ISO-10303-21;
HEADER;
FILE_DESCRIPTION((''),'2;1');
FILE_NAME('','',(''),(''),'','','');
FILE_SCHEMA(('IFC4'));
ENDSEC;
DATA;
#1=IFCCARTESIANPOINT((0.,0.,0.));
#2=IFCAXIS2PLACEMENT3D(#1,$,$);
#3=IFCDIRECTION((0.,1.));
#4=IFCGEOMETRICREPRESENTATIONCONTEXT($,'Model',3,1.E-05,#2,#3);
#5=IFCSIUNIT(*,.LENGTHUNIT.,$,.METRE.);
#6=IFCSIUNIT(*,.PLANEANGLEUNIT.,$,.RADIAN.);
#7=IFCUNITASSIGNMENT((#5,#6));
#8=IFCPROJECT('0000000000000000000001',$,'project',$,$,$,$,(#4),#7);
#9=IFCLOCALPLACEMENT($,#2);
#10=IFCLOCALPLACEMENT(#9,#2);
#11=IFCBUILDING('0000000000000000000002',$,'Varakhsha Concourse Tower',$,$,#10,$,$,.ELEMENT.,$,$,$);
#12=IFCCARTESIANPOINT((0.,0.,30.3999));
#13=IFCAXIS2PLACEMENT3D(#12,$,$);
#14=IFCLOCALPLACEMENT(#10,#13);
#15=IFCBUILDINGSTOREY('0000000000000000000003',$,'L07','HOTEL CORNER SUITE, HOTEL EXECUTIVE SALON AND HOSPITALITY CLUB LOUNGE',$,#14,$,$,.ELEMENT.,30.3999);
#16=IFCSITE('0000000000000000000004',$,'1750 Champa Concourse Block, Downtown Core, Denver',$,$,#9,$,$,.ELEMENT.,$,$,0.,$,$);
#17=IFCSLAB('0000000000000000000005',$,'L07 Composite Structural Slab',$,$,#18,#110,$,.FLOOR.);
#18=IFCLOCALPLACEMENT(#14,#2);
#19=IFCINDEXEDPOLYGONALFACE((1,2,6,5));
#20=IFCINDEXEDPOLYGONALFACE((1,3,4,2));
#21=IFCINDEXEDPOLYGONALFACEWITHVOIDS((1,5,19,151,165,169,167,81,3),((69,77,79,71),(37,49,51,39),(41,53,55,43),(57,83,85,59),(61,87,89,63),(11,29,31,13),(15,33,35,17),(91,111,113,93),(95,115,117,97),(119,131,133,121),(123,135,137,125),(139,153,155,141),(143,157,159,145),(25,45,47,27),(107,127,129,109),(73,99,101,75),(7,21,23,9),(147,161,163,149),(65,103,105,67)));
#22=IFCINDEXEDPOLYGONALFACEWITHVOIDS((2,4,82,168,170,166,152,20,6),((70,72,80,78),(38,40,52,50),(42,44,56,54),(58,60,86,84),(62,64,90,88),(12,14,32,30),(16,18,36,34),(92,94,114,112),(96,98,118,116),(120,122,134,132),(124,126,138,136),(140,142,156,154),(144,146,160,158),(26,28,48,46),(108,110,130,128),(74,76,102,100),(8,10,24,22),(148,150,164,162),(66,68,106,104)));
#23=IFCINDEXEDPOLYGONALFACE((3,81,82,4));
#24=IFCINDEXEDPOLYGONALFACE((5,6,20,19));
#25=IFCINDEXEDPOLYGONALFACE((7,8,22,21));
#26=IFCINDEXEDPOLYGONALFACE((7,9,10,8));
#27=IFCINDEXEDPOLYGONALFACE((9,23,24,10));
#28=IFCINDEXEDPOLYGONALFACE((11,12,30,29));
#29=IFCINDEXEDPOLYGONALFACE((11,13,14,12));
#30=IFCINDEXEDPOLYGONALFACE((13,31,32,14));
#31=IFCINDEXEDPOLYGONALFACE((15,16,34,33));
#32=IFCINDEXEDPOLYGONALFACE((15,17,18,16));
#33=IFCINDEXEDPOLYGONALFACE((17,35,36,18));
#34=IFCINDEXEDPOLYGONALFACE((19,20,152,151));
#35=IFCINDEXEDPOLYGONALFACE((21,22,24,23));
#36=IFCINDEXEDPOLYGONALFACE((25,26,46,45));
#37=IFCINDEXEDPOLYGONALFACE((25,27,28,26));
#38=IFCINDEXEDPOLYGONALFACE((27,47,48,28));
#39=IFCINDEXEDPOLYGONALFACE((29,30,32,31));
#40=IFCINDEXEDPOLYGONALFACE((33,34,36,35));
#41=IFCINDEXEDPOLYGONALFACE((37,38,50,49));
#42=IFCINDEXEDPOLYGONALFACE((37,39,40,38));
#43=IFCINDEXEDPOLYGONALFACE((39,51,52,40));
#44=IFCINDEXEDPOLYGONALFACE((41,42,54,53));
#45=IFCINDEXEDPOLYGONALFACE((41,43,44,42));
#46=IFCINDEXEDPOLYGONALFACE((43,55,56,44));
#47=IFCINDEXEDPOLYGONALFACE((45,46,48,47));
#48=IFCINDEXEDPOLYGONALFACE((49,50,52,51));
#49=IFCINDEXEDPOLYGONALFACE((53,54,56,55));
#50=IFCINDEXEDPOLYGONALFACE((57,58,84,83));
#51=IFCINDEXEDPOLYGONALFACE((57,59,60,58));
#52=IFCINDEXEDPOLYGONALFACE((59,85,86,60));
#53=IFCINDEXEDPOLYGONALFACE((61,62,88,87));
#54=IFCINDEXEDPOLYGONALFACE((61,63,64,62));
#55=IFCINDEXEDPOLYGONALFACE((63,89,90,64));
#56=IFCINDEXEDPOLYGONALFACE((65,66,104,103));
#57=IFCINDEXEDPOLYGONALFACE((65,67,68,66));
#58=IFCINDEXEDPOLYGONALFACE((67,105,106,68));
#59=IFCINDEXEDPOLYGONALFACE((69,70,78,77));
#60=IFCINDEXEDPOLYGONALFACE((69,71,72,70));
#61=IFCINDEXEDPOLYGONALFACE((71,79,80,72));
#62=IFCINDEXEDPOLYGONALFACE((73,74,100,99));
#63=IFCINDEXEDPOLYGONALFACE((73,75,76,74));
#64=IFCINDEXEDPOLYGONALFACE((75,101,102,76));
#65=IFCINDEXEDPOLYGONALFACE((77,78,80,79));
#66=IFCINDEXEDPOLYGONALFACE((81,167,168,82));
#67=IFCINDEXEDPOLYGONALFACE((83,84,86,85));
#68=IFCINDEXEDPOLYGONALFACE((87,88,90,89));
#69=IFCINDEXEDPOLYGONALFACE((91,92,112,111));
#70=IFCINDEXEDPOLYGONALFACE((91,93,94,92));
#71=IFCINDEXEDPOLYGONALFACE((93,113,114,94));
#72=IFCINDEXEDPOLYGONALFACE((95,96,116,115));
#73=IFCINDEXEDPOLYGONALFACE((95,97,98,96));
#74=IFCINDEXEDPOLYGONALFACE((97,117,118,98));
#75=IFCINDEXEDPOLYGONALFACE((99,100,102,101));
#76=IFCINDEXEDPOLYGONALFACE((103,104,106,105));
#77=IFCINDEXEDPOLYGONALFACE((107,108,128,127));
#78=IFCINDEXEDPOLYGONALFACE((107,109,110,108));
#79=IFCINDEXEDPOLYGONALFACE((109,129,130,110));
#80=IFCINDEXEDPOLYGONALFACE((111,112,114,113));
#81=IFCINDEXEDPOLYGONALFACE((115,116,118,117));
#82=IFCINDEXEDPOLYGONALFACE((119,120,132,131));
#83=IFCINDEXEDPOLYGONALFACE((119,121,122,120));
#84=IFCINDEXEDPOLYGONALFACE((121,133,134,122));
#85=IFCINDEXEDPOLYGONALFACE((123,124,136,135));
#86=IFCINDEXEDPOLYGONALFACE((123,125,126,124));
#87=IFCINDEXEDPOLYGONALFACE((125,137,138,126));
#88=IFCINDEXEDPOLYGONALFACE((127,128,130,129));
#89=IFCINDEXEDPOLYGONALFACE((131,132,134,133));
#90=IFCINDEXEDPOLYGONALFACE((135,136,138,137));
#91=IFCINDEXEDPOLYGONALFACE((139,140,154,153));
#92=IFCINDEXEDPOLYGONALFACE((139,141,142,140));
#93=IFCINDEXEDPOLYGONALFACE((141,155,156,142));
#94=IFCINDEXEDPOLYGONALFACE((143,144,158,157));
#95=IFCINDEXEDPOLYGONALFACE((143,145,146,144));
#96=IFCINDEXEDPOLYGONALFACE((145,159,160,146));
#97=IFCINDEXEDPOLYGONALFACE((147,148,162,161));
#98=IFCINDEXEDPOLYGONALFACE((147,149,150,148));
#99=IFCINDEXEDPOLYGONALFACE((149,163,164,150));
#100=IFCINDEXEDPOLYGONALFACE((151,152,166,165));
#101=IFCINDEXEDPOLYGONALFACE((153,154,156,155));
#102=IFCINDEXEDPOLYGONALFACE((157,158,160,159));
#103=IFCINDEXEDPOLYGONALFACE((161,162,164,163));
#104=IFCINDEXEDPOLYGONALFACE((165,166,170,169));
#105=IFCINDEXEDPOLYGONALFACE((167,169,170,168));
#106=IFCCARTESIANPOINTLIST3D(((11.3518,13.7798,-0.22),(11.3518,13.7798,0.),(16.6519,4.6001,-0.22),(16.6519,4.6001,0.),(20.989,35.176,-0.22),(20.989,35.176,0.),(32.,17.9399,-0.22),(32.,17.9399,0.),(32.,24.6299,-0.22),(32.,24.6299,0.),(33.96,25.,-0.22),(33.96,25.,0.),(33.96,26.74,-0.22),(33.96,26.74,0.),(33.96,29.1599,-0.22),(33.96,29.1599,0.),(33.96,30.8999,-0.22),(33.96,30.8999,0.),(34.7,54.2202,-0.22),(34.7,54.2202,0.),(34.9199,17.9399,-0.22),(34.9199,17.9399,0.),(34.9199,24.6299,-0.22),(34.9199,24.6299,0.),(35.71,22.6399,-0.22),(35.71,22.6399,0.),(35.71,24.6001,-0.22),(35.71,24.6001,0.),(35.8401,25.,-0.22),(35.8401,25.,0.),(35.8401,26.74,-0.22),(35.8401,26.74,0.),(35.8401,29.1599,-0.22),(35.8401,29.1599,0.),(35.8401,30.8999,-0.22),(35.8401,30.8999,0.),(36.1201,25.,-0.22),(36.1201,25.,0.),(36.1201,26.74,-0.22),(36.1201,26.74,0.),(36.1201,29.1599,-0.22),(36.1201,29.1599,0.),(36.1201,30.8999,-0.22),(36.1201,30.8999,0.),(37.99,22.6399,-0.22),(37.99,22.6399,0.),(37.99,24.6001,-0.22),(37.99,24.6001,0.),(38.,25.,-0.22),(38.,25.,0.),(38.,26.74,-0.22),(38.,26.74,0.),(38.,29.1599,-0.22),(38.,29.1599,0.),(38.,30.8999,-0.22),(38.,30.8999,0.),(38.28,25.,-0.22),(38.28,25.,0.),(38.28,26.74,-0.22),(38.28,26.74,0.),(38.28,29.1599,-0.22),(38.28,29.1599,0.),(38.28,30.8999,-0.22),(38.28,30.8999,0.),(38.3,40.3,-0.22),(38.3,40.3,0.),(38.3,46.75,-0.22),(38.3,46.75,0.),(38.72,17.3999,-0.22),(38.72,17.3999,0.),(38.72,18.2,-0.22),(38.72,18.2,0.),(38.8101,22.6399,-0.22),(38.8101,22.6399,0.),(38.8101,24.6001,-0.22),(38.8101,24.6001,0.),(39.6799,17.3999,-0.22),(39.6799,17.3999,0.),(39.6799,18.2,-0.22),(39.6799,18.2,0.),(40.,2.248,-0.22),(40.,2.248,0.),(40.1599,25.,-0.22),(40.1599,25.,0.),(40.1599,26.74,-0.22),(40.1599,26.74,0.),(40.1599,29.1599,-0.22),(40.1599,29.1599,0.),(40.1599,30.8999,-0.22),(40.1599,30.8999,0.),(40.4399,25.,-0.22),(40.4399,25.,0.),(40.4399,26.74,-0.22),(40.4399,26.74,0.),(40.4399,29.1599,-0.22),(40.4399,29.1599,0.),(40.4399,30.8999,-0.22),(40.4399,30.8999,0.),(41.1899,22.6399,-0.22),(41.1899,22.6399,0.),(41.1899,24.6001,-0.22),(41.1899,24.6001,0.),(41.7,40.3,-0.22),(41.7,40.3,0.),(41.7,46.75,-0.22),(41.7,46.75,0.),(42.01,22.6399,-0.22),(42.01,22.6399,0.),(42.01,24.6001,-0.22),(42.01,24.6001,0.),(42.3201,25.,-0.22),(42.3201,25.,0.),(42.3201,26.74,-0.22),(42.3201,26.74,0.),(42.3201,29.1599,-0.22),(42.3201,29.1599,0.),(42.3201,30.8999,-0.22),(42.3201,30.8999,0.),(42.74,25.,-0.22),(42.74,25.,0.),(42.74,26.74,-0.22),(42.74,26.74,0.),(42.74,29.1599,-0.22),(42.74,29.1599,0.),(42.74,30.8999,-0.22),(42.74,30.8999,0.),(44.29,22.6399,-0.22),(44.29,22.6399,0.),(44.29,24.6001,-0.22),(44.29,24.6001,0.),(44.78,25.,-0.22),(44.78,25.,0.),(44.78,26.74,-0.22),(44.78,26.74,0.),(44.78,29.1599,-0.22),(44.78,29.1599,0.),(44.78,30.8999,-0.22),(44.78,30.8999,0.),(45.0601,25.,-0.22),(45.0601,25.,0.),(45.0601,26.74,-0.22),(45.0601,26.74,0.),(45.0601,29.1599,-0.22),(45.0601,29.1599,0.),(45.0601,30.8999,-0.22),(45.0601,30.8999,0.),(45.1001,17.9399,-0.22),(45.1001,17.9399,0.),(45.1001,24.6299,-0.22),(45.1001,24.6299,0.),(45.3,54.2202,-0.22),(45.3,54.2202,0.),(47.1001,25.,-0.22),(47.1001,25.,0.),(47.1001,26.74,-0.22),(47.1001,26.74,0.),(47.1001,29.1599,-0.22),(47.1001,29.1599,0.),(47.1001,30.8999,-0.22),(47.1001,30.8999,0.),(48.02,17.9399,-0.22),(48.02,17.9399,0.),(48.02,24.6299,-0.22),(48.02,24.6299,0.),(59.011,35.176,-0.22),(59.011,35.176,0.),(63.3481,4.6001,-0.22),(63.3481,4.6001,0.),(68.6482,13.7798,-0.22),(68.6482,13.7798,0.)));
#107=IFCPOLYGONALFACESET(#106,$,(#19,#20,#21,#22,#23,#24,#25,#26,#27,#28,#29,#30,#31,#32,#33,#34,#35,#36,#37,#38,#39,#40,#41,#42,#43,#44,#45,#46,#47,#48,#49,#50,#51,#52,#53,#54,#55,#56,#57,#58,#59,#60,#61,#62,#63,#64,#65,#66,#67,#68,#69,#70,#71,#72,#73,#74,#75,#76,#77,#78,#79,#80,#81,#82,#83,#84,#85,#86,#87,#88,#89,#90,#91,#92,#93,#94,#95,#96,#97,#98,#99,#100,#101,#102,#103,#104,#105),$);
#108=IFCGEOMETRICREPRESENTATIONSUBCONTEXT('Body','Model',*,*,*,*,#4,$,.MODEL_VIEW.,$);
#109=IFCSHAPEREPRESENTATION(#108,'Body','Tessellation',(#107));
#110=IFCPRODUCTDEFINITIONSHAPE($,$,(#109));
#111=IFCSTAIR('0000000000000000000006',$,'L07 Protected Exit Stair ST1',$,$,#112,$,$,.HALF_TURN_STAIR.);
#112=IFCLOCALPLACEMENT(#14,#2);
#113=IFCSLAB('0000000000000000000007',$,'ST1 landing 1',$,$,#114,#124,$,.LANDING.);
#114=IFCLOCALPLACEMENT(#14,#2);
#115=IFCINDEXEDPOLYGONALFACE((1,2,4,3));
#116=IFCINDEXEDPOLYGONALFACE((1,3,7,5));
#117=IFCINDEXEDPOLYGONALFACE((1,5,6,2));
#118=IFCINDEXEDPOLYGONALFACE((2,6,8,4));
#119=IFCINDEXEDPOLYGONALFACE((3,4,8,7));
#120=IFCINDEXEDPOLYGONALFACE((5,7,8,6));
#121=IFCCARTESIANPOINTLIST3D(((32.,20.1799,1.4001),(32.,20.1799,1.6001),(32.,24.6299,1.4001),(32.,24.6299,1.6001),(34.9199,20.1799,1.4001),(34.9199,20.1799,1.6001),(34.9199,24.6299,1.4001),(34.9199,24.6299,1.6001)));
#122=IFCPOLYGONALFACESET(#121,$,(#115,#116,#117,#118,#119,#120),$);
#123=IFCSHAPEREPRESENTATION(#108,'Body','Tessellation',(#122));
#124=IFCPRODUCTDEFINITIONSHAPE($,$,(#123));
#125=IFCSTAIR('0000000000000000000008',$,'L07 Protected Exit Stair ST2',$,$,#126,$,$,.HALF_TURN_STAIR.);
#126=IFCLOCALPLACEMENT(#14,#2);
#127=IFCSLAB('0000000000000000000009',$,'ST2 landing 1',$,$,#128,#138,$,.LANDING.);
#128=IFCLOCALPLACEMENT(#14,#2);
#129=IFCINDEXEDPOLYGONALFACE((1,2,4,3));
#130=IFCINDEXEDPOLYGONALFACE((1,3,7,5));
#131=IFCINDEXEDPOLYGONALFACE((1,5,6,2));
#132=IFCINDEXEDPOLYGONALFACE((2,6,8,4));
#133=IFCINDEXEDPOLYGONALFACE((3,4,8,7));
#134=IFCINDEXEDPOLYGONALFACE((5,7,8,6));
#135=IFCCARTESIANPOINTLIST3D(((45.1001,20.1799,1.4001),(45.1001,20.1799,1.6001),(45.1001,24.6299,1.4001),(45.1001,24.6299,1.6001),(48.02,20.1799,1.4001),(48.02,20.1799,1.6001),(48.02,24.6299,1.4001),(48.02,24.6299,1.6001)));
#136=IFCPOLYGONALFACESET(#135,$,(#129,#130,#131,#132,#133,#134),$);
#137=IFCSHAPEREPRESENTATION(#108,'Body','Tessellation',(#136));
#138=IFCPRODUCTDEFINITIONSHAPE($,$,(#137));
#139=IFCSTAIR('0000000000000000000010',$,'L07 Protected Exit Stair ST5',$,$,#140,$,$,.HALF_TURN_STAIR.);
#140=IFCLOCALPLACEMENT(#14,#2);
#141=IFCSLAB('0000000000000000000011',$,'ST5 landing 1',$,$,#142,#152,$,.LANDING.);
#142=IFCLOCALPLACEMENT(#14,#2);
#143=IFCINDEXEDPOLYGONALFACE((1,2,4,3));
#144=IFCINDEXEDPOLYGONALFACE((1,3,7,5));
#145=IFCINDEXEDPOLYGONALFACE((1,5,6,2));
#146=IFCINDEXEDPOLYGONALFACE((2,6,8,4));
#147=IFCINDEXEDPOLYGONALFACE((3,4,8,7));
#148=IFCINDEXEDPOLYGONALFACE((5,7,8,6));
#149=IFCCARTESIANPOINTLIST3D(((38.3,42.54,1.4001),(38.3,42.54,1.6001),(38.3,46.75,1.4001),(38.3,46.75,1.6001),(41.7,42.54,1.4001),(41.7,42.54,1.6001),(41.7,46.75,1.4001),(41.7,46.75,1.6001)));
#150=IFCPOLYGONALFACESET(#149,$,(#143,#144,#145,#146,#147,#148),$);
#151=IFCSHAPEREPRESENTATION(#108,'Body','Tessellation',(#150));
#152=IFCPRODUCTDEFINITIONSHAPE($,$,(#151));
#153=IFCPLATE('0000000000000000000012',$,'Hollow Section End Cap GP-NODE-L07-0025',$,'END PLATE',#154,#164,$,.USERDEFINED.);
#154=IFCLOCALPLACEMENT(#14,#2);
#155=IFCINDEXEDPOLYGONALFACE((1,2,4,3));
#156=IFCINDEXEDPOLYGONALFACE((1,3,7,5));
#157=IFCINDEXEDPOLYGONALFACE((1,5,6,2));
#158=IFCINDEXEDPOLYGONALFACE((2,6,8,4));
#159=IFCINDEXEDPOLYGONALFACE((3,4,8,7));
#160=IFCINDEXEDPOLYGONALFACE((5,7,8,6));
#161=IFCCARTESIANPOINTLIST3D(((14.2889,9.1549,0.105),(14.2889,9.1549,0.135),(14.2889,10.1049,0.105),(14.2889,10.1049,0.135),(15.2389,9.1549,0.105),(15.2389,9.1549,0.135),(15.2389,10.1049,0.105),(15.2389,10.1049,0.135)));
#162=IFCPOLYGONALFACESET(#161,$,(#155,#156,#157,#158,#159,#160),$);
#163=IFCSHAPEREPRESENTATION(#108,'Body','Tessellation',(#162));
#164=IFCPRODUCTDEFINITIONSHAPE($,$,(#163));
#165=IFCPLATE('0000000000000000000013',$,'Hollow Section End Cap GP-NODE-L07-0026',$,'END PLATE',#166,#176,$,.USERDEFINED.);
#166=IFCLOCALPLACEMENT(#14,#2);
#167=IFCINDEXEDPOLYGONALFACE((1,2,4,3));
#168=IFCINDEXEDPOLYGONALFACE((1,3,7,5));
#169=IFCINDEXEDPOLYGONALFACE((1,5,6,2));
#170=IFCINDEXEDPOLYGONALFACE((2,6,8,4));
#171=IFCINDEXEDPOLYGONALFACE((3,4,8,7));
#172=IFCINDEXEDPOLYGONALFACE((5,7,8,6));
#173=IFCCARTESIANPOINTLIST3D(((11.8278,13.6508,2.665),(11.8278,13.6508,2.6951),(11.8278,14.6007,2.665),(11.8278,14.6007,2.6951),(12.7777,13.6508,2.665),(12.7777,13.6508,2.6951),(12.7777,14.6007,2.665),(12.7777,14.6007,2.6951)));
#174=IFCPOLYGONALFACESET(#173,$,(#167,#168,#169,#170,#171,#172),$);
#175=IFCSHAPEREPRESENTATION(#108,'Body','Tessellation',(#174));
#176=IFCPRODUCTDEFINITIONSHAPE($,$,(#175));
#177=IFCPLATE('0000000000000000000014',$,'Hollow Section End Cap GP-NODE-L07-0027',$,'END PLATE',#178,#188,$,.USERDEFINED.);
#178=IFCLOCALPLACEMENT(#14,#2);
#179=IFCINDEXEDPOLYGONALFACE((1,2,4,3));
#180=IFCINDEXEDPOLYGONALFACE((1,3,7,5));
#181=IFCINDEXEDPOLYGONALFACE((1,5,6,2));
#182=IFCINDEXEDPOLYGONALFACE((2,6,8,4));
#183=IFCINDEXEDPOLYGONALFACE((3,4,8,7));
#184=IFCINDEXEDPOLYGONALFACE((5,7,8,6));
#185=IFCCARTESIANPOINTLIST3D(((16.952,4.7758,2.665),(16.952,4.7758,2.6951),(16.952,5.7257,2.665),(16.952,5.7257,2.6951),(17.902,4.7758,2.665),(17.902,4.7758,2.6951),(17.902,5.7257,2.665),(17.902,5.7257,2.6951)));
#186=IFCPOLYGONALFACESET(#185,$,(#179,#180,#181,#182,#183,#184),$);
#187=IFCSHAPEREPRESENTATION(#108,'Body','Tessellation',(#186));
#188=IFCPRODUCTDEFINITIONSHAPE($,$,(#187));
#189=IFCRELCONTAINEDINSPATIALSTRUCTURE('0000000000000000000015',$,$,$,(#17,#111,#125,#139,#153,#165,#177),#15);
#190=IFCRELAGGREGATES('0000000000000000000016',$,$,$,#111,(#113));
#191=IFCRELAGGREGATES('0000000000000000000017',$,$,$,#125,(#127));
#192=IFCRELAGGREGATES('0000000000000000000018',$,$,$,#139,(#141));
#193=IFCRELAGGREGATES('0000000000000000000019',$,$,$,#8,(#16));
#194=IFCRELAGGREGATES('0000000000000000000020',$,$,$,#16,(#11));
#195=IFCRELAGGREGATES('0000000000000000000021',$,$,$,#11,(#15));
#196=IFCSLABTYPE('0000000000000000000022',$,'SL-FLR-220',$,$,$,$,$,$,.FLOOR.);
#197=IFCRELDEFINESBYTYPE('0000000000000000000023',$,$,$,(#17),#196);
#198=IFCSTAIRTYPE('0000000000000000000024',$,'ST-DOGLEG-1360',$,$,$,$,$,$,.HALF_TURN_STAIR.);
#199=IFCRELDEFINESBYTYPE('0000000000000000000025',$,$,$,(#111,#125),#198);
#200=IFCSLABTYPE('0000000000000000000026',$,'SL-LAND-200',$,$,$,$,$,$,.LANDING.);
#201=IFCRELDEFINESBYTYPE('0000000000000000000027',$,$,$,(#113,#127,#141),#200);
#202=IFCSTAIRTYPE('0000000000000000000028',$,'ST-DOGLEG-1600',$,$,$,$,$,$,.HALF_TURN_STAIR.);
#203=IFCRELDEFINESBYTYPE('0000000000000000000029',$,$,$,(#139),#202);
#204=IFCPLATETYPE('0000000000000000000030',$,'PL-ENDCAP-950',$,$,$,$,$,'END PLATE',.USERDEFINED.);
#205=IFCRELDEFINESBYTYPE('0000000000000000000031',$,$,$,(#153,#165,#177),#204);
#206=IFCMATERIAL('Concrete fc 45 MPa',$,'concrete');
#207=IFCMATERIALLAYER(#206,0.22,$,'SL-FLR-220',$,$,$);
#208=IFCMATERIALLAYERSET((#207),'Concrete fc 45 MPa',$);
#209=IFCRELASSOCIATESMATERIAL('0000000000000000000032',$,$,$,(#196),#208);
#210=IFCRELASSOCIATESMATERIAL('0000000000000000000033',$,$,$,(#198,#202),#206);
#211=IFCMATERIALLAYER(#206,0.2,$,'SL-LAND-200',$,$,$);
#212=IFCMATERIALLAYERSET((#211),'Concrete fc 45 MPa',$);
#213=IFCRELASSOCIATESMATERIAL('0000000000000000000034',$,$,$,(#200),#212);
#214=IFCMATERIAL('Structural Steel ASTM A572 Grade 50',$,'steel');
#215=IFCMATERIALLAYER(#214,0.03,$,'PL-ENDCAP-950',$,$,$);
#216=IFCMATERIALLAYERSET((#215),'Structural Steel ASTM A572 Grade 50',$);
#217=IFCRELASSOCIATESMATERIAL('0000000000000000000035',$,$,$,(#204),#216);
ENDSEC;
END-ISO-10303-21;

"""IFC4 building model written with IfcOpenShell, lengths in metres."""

from ifc_helpers import new_model, si_unit, direction, frame, origin, origin_2d, place, context, subcontext, project, spatial, polyline, rectangle, outline, extrude, source, transform, mapped, material, layer, layer_set, type_object, type_shapes, element, aggregate, save


model = new_model("IFC4")

# Units and contexts
model_context = context("Model", 3, precision=1e-05, world=origin(), true_north=direction((0.0, 1.0)))
body_context = subcontext(model_context, "Body", "Model", "MODEL_VIEW")
ifc_project = project(units=[si_unit("LENGTHUNIT", "METRE"), si_unit("PLANEANGLEUNIT", "RADIAN")], contexts=[model_context])

# Site, building, storey
site_placement = place(None, origin())
site = spatial("IfcSite", under=ifc_project, at=site_placement, Name="1750 Champa Concourse Block, Downtown Core, Denver", CompositionType="ELEMENT", RefElevation=0.0)
building_placement = place(site_placement, origin())
building = spatial("IfcBuilding", under=site, at=building_placement, Name="Varakhsha Concourse Tower", CompositionType="ELEMENT")
storey_placement = place(building_placement, frame((0.0, 0.0, 30.3999)))
storey = spatial("IfcBuildingStorey", under=building, at=storey_placement, Name="L07", Description="HOTEL CORNER SUITE, HOTEL EXECUTIVE SALON AND HOSPITALITY CLUB LOUNGE", CompositionType="ELEMENT", Elevation=30.3999)

# Shared definitions
ifc_material_1 = material(Name="Structural Steel ASTM A572 Grade 50", Category="steel")

# Slab
ifc_material_2 = material(Name="Concrete fc 45 MPa", Category="concrete")
ifc_layer_1 = layer(ifc_material_2, 0.22, Name="SL-FLR-220")
ifc_layer_set_1 = layer_set([ifc_layer_1], Name="Concrete fc 45 MPa")
slab_type_1 = type_object("IfcSlabType", Name="SL-FLR-220", PredefinedType="FLOOR", material=ifc_layer_set_1)
slab_1_placement = place(storey_placement, frame((0.0, 0.0, -0.22)))
element("IfcSlab", 1, at=slab_1_placement, inside=storey, type_object=slab_type_1, Name="L07 Composite Structural Slab", PredefinedType="FLOOR", context=body_context, shape_type="SweptSolid", body=[
    extrude(outline(polyline([(45.3, 54.2202), (34.7, 54.2202), (20.989, 35.176), (11.3518, 13.7798), (16.6519, 4.6001), (40.0, 2.248), (63.3481, 4.6001), (68.6482, 13.7798), (59.011, 35.176), (45.3, 54.2202)]), holes=[polyline([(34.9199, 17.9399), (34.9199, 24.6299), (32.0, 24.6299), (32.0, 17.9399), (34.9199, 17.9399)]), polyline([(48.02, 17.9399), (48.02, 24.6299), (45.1001, 24.6299), (45.1001, 17.9399), (48.02, 17.9399)]), polyline([(41.7, 40.3), (41.7, 46.75), (38.3, 46.75), (38.3, 40.3), (41.7, 40.3)]), polyline([(33.96, 29.1599), (35.8401, 29.1599), (35.8401, 30.8999), (33.96, 30.8999), (33.96, 29.1599)]), polyline([(36.1201, 29.1599), (38.0, 29.1599), (38.0, 30.8999), (36.1201, 30.8999), (36.1201, 29.1599)]), polyline([(38.28, 29.1599), (40.1599, 29.1599), (40.1599, 30.8999), (38.28, 30.8999), (38.28, 29.1599)]), polyline([(40.4399, 29.1599), (42.3201, 29.1599), (42.3201, 30.8999), (40.4399, 30.8999), (40.4399, 29.1599)]), polyline([(33.96, 25.0), (35.8401, 25.0), (35.8401, 26.74), (33.96, 26.74), (33.96, 25.0)]), polyline([(36.1201, 25.0), (38.0, 25.0), (38.0, 26.74), (36.1201, 26.74), (36.1201, 25.0)]), polyline([(38.28, 25.0), (40.1599, 25.0), (40.1599, 26.74), (38.28, 26.74), (38.28, 25.0)]), polyline([(40.4399, 25.0), (42.3201, 25.0), (42.3201, 26.74), (40.4399, 26.74), (40.4399, 25.0)]), polyline([(42.74, 29.1599), (44.78, 29.1599), (44.78, 30.8999), (42.74, 30.8999), (42.74, 29.1599)]), polyline([(45.0601, 29.1599), (47.1001, 29.1599), (47.1001, 30.8999), (45.0601, 30.8999), (45.0601, 29.1599)]), polyline([(42.74, 25.0), (44.78, 25.0), (44.78, 26.74), (42.74, 26.74), (42.74, 25.0)]), polyline([(45.0601, 25.0), (47.1001, 25.0), (47.1001, 26.74), (45.0601, 26.74), (45.0601, 25.0)]), polyline([(35.71, 22.6399), (37.99, 22.6399), (37.99, 24.6001), (35.71, 24.6001), (35.71, 22.6399)]), polyline([(42.01, 22.6399), (44.29, 22.6399), (44.29, 24.6001), (42.01, 24.6001), (42.01, 22.6399)]), polyline([(38.8101, 22.6399), (41.1899, 22.6399), (41.1899, 24.6001), (38.8101, 24.6001), (38.8101, 22.6399)]), polyline([(38.72, 17.3999), (39.6799, 17.3999), (39.6799, 18.2), (38.72, 18.2), (38.72, 17.3999)])]), origin(), (0.0, 0.0, 1.0), 0.22),
])

# Stairs, slabs
stair_type_1 = type_object("IfcStairType", Name="ST-DOGLEG-1360", PredefinedType="HALF_TURN_STAIR", material=ifc_material_2)
stair_1_placement = place(storey_placement, origin())
stair_1 = element("IfcStair", 2, at=stair_1_placement, inside=storey, type_object=stair_type_1, Name="L07 Protected Exit Stair ST1", PredefinedType="HALF_TURN_STAIR")
ifc_layer_2 = layer(ifc_material_2, 0.2, Name="SL-LAND-200")
ifc_layer_set_2 = layer_set([ifc_layer_2], Name="Concrete fc 45 MPa")
slab_type_2 = type_object("IfcSlabType", Name="SL-LAND-200", PredefinedType="LANDING", material=ifc_layer_set_2)
slab_2_placement = place(storey_placement, frame((0.0, 0.0, 1.4001)))
slab_2 = element("IfcSlab", 3, at=slab_2_placement, type_object=slab_type_2, Name="ST1 landing 1", PredefinedType="LANDING", context=body_context, shape_type="SweptSolid", body=[
    extrude(outline(polyline([(34.9199, 20.1799), (34.9199, 24.6299), (32.0, 24.6299), (32.0, 20.1799), (34.9199, 20.1799)])), origin(), (0.0, 0.0, 1.0), 0.2),
])
aggregate(stair_1, [slab_2])
stair_2_placement = place(storey_placement, origin())
stair_2 = element("IfcStair", 4, at=stair_2_placement, inside=storey, type_object=stair_type_1, Name="L07 Protected Exit Stair ST2", PredefinedType="HALF_TURN_STAIR")
slab_3_placement = place(storey_placement, frame((0.0, 0.0, 1.4001)))
slab_3 = element("IfcSlab", 5, at=slab_3_placement, type_object=slab_type_2, Name="ST2 landing 1", PredefinedType="LANDING", context=body_context, shape_type="SweptSolid", body=[
    extrude(outline(polyline([(48.02, 20.1799), (48.02, 24.6299), (45.1001, 24.6299), (45.1001, 20.1799), (48.02, 20.1799)])), origin(), (0.0, 0.0, 1.0), 0.2),
])
aggregate(stair_2, [slab_3])
stair_type_2 = type_object("IfcStairType", Name="ST-DOGLEG-1600", PredefinedType="HALF_TURN_STAIR", material=ifc_material_2)
stair_3_placement = place(storey_placement, origin())
stair_3 = element("IfcStair", 6, at=stair_3_placement, inside=storey, type_object=stair_type_2, Name="L07 Protected Exit Stair ST5", PredefinedType="HALF_TURN_STAIR")
slab_4_placement = place(storey_placement, frame((0.0, 0.0, 1.4001)))
slab_4 = element("IfcSlab", 7, at=slab_4_placement, type_object=slab_type_2, Name="ST5 landing 1", PredefinedType="LANDING", context=body_context, shape_type="SweptSolid", body=[
    extrude(outline(polyline([(41.7, 42.54), (41.7, 46.75), (38.3, 46.75), (38.3, 42.54), (41.7, 42.54)])), origin(), (0.0, 0.0, 1.0), 0.2),
])
aggregate(stair_3, [slab_4])

# Plates
ifc_layer_3 = layer(ifc_material_1, 0.03, Name="PL-ENDCAP-950")
ifc_layer_set_3 = layer_set([ifc_layer_3], Name="Structural Steel ASTM A572 Grade 50")
plate_type_1 = type_object("IfcPlateType", Name="PL-ENDCAP-950", ElementType="END PLATE", PredefinedType="USERDEFINED", material=ifc_layer_set_3)
shared_shape_1 = source(origin(), body_context, "Body", "SweptSolid", [
    extrude(rectangle(XDim=0.95, YDim=0.95, at=origin_2d()), origin(), (0.0, 0.0, 1.0), 0.03),
])
type_shapes(plate_type_1, [shared_shape_1])
for number, where, z_axis, x_axis, name in (
    (8, (14.7639, 9.6299, 0.105), (0.0, 0.0, 1.0), (1.0, 0.0, 0.0), "Hollow Section End Cap GP-NODE-L07-0025"),
    (9, (12.3027, 14.1257, 2.665), (0.0, 0.0, 1.0), (1.0, 0.0, 0.0), "Hollow Section End Cap GP-NODE-L07-0026"),
    (10, (17.427, 5.2507, 2.665), (0.0, 0.0, 1.0), (1.0, 0.0, 0.0), "Hollow Section End Cap GP-NODE-L07-0027"),
):
    element("IfcPlate", number, at=place(storey_placement, frame(where, z_axis=z_axis, x_axis=x_axis)), inside=storey, type_object=plate_type_1, Name=name, ObjectType="END PLATE", PredefinedType="USERDEFINED", context=body_context, shape_type="MappedRepresentation", body=[
        mapped(shared_shape_1, transform((0.0, 0.0, 0.0), scale=1.0)),
    ])

save(model, "model.ifc")
